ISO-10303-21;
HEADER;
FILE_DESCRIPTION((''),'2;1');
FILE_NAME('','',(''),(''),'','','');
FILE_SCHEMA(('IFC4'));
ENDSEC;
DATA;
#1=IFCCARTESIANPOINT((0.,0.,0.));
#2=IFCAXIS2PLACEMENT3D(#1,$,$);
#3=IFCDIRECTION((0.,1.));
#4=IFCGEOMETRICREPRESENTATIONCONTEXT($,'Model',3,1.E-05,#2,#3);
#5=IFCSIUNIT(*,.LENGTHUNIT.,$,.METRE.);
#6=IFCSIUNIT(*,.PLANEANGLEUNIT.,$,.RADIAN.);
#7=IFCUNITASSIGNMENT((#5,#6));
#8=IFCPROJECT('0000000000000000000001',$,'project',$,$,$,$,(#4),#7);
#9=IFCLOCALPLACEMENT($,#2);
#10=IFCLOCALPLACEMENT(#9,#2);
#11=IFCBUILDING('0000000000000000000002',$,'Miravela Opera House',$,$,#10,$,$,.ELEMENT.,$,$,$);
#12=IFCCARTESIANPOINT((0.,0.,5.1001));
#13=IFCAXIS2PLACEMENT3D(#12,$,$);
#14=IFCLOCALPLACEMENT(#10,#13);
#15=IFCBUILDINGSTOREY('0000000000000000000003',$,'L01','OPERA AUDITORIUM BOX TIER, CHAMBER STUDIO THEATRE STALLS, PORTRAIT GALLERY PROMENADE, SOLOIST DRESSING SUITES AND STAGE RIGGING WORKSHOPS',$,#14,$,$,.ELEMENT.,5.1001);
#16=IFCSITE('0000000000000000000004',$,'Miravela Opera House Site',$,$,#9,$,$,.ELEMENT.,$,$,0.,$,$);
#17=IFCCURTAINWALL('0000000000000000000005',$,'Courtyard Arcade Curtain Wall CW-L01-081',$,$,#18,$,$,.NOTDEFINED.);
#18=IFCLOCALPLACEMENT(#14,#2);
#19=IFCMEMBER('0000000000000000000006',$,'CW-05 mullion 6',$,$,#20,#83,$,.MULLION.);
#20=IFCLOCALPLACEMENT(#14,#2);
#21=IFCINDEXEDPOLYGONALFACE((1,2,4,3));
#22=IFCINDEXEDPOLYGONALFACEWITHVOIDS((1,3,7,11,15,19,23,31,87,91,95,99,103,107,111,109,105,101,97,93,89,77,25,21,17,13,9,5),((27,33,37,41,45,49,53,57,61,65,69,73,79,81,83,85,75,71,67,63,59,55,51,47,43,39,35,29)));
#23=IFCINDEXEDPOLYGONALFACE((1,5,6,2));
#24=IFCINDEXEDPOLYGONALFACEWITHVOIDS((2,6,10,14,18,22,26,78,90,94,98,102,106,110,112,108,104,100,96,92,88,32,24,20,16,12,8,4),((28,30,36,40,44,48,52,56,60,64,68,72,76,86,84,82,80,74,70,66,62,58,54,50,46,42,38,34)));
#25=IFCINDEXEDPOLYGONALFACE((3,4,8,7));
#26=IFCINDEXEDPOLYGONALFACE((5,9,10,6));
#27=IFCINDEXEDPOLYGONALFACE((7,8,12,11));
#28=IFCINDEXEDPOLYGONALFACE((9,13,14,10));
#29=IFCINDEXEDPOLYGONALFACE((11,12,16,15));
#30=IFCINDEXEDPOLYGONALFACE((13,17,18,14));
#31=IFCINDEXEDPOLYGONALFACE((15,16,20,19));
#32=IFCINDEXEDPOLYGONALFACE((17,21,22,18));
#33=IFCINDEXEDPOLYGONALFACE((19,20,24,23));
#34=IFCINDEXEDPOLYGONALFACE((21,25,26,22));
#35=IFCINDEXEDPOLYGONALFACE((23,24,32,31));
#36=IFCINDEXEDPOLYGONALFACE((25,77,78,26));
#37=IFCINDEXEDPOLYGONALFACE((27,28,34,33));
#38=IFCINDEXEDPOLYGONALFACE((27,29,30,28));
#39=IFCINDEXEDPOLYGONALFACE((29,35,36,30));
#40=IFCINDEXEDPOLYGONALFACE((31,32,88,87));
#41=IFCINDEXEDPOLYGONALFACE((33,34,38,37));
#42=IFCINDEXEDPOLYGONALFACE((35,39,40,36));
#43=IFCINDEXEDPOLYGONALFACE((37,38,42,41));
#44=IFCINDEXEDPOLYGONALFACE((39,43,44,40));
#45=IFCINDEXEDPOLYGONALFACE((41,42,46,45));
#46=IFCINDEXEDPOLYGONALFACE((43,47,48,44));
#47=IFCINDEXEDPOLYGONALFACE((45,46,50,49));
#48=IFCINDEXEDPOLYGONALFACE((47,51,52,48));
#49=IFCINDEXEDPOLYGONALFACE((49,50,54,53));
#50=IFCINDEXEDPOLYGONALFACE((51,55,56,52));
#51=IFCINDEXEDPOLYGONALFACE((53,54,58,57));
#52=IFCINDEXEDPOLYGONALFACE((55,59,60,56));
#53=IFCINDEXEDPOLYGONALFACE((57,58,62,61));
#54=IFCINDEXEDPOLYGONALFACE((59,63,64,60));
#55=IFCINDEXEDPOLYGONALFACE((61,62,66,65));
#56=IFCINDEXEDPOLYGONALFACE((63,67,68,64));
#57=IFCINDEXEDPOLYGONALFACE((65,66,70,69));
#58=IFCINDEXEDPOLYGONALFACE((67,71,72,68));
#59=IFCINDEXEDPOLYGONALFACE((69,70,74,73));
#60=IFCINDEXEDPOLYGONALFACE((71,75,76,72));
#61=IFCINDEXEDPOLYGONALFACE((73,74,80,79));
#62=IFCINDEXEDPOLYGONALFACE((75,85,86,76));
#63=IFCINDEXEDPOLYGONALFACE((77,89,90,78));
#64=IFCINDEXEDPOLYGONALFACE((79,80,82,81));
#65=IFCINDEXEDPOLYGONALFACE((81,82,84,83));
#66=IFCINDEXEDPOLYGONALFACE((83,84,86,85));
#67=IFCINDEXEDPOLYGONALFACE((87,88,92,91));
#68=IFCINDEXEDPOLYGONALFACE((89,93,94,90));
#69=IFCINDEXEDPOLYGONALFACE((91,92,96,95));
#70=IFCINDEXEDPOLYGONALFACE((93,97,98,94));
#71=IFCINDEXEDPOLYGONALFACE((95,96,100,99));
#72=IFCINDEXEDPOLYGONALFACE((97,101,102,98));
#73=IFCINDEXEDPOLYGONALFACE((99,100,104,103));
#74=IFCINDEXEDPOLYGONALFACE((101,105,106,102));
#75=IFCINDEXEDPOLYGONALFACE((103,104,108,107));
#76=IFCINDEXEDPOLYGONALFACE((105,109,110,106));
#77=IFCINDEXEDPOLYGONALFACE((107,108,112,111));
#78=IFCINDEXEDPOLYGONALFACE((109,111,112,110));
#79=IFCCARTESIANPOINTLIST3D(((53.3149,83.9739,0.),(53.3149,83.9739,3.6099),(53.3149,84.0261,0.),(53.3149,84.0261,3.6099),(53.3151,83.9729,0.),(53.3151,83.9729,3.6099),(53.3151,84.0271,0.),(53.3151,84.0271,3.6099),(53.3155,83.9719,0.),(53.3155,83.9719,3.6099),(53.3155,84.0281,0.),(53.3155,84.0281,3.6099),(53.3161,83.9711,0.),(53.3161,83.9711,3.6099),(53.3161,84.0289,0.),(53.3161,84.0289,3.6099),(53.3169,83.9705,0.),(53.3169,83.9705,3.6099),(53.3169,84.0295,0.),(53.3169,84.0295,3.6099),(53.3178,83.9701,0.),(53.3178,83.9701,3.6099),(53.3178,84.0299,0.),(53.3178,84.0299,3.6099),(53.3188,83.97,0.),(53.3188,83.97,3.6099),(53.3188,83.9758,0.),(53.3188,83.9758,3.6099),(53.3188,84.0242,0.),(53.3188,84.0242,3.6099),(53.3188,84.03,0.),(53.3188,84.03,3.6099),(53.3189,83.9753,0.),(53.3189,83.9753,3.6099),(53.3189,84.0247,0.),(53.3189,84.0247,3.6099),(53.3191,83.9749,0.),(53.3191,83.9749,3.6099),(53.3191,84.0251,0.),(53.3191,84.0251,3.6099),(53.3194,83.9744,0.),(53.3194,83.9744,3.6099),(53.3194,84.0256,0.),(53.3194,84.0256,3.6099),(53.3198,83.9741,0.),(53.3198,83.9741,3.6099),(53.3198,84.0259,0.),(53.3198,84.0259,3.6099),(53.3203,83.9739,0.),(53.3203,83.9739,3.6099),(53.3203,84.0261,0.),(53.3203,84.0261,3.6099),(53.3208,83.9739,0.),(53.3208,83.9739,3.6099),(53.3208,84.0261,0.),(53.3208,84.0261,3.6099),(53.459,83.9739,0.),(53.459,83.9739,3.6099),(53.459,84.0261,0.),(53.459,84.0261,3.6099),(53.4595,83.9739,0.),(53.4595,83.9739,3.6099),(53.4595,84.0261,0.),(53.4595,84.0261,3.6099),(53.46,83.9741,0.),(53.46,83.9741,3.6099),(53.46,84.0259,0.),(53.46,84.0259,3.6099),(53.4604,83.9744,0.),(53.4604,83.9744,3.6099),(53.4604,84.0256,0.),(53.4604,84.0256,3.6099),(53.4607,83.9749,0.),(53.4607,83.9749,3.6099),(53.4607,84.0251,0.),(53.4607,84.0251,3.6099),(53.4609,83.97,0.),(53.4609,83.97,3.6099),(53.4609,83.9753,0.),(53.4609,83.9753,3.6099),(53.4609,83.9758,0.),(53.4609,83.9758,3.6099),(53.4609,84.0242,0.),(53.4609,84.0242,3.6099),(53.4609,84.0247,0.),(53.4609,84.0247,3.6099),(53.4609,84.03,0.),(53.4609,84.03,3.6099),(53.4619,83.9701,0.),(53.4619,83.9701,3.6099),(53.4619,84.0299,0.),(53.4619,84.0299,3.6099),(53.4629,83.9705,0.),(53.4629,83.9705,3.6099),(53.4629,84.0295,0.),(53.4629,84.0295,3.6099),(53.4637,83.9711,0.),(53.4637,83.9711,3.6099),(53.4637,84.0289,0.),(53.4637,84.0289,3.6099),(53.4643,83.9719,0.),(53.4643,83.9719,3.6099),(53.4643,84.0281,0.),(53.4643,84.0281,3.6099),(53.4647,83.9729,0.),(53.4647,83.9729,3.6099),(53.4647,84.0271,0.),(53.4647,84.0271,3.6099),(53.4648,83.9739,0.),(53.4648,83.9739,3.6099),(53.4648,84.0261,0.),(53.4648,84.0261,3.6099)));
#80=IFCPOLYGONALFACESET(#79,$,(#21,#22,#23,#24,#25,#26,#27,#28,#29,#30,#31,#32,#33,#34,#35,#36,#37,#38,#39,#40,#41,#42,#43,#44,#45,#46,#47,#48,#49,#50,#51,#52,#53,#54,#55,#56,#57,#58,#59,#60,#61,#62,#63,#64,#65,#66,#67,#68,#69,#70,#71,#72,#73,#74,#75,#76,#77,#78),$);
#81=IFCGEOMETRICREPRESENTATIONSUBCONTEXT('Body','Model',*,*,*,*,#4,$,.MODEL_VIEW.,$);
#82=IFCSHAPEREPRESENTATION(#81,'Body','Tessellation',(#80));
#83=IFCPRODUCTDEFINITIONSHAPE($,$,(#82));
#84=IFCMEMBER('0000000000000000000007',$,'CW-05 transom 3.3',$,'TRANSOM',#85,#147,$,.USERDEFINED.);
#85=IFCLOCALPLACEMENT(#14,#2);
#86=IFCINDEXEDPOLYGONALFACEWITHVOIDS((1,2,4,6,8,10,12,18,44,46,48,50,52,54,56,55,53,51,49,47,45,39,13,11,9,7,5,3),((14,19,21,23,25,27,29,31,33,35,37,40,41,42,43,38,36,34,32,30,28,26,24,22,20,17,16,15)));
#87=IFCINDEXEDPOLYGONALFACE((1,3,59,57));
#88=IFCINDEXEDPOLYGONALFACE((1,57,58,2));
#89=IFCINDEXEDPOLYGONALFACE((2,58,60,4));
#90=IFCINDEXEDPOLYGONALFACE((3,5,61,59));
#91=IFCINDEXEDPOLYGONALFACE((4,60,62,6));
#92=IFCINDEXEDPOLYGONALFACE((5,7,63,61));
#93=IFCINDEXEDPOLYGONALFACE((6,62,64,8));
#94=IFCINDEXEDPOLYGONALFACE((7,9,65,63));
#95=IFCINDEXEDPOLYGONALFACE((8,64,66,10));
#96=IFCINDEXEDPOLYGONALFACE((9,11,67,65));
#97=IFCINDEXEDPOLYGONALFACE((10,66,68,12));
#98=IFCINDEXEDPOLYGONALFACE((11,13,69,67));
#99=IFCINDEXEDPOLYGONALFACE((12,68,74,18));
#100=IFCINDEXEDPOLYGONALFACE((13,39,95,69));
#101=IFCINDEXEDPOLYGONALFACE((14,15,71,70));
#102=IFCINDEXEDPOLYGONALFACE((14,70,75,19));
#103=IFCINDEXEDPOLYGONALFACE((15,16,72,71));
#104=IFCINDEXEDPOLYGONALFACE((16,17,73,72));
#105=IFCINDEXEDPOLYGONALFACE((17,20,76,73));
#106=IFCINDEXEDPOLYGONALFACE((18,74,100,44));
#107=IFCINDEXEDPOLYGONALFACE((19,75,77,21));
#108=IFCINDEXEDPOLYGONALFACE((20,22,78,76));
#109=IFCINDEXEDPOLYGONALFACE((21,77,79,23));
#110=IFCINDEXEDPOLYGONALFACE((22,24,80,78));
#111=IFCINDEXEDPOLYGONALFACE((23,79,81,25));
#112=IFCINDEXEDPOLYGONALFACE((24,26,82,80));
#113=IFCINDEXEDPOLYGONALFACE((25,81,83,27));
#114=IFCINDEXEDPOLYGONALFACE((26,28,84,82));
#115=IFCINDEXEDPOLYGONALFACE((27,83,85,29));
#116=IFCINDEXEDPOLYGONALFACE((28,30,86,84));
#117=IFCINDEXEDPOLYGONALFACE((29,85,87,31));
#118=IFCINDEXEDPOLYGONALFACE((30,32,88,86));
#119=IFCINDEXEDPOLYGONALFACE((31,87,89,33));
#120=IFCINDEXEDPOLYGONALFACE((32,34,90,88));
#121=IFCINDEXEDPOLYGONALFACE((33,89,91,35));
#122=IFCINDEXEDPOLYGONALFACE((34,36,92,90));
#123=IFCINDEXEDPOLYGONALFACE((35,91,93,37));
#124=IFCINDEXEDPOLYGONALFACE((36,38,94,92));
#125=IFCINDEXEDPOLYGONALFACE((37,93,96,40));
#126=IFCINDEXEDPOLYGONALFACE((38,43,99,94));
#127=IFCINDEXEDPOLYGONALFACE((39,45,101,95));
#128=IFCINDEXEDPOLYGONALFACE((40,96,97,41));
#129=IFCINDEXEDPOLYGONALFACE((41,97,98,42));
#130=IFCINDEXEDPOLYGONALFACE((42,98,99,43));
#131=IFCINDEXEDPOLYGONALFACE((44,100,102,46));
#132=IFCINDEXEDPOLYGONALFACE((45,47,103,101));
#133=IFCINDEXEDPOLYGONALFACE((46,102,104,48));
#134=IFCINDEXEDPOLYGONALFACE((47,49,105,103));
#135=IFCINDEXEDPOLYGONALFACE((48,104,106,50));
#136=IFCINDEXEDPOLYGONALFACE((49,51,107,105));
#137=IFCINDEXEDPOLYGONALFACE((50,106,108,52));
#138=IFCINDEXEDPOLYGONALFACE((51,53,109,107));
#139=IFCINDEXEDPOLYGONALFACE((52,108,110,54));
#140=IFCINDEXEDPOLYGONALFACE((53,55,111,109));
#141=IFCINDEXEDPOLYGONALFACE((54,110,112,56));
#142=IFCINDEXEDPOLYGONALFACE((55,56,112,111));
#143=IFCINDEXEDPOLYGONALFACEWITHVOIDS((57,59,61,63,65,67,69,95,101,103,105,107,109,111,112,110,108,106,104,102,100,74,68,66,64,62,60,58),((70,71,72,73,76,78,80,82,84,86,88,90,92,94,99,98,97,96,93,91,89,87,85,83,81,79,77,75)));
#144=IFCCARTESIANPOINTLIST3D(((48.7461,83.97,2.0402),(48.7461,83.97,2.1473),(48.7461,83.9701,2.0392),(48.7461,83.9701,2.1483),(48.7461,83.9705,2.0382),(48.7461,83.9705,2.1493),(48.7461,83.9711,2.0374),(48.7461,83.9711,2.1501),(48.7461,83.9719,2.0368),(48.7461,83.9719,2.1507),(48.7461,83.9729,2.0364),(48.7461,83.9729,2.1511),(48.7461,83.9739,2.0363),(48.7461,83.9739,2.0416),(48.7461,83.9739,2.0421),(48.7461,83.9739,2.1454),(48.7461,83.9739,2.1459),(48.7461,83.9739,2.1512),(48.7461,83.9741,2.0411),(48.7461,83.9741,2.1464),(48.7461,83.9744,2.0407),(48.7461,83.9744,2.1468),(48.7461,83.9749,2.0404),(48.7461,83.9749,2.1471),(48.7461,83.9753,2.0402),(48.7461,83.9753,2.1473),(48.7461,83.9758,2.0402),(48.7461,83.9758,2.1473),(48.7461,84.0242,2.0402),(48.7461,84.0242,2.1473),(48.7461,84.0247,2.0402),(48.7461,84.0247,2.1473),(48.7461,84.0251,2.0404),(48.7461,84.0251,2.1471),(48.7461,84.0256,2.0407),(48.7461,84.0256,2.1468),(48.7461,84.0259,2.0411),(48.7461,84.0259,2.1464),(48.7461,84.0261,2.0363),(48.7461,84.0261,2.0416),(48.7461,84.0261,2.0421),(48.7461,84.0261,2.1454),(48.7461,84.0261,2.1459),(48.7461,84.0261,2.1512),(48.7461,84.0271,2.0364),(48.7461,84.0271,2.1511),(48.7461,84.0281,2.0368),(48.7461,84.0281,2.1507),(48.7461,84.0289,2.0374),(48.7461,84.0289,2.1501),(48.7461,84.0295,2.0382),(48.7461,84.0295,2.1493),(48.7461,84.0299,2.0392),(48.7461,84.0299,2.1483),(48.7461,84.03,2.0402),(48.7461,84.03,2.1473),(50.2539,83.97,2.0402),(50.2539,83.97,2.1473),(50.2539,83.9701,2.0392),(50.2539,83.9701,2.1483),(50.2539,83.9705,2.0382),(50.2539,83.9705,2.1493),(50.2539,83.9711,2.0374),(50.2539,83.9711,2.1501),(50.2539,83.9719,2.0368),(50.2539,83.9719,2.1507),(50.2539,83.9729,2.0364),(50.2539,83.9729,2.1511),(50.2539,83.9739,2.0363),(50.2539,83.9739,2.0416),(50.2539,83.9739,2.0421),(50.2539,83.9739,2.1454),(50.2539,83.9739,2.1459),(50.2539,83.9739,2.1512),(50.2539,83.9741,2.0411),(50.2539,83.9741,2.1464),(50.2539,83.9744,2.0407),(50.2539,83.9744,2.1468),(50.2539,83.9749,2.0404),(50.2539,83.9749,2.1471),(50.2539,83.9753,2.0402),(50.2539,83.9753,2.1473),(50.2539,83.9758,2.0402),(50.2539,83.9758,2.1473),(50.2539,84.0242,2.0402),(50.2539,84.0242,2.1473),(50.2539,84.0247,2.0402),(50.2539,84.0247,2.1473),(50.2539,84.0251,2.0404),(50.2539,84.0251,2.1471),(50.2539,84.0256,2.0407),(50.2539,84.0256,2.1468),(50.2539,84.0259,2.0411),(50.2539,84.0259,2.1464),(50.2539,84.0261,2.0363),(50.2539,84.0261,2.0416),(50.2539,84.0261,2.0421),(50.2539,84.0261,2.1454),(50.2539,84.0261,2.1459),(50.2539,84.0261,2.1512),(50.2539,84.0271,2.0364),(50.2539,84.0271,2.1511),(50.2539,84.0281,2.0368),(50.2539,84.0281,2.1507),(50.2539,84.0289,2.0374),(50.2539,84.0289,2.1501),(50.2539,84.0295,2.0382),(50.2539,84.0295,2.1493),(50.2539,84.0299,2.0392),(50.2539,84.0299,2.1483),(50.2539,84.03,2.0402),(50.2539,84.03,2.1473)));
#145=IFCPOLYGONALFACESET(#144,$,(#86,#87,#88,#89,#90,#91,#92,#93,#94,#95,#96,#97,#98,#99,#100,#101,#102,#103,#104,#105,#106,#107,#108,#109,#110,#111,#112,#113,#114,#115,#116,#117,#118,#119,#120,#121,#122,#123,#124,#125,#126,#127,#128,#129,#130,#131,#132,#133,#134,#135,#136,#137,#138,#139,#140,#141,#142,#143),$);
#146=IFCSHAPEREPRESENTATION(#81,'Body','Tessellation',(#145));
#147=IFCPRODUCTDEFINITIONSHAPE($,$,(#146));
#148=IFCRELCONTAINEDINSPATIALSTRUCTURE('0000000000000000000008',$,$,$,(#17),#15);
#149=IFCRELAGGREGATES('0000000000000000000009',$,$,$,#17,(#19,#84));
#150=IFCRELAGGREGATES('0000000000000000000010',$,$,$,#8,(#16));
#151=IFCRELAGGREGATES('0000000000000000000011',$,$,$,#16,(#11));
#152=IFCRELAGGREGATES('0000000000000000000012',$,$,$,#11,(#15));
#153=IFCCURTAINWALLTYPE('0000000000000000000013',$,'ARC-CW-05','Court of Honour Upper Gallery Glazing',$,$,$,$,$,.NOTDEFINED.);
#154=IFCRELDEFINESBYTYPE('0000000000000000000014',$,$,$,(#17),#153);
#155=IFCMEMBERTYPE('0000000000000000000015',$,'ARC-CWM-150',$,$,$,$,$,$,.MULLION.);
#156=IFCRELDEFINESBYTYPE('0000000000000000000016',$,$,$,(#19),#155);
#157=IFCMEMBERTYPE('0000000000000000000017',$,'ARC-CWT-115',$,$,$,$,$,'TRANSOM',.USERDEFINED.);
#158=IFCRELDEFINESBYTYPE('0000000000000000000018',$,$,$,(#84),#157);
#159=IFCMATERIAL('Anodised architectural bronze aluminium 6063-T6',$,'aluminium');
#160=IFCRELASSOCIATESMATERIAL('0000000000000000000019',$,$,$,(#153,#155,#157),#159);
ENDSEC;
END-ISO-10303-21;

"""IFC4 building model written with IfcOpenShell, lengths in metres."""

from ifc_helpers import new_model, si_unit, direction, frame, origin, origin_2d, place, context, subcontext, project, spatial, hollow_rectangle, extrude, material, material_profile, profile_set, type_object, element, aggregate, save


model = new_model("IFC4")

# Units and contexts
model_context = context("Model", 3, precision=1e-05, world=origin(), true_north=direction((0.0, 1.0)))
body_context = subcontext(model_context, "Body", "Model", "MODEL_VIEW")
ifc_project = project(units=[si_unit("LENGTHUNIT", "METRE"), si_unit("PLANEANGLEUNIT", "RADIAN")], contexts=[model_context])

# Site, building, storey
site_placement = place(None, origin())
site = spatial("IfcSite", under=ifc_project, at=site_placement, Name="Miravela Opera House Site", CompositionType="ELEMENT", RefElevation=0.0)
building_placement = place(site_placement, origin())
building = spatial("IfcBuilding", under=site, at=building_placement, Name="Miravela Opera House", CompositionType="ELEMENT")
storey_placement = place(building_placement, frame((0.0, 0.0, 5.1001)))
storey = spatial("IfcBuildingStorey", under=building, at=storey_placement, Name="L01", Description="OPERA AUDITORIUM BOX TIER, CHAMBER STUDIO THEATRE STALLS, PORTRAIT GALLERY PROMENADE, SOLOIST DRESSING SUITES AND STAGE RIGGING WORKSHOPS", CompositionType="ELEMENT", Elevation=5.1001)

# Curtain wall, members
ifc_material_1 = material(Name="Anodised architectural bronze aluminium 6063-T6", Category="aluminium")
curtain_wall_type = type_object("IfcCurtainWallType", Name="ARC-CW-05", Description="Court of Honour Upper Gallery Glazing", PredefinedType="NOTDEFINED", material=ifc_material_1)
curtain_wall_placement = place(storey_placement, origin())
curtain_wall = element("IfcCurtainWall", 1, at=curtain_wall_placement, inside=storey, type_object=curtain_wall_type, Name="Courtyard Arcade Curtain Wall CW-L01-081", PredefinedType="NOTDEFINED")
ifc_material_profile_1 = material_profile(ifc_material_1, hollow_rectangle(XDim=0.0601, YDim=0.1499, WallThickness=0.0039, InnerFilletRadius=0.002, OuterFilletRadius=0.0039, at=origin_2d()), Name="CWM-60X150")
ifc_profile_set_1 = profile_set([ifc_material_profile_1])
member_type_1 = type_object("IfcMemberType", Name="ARC-CWM-150", PredefinedType="MULLION", material=ifc_profile_set_1)
member_1_placement = place(storey_placement, frame((53.3899, 84.0, 0.0), z_axis=(0.0, 0.0, 1.0), x_axis=(0.0, 1.0, 0.0)))
member_1 = element("IfcMember", 2, at=member_1_placement, type_object=member_type_1, Name="CW-05 mullion 6", PredefinedType="MULLION", context=body_context, shape_type="SweptSolid", body=[
    extrude(hollow_rectangle(XDim=0.0601, YDim=0.1499, WallThickness=0.0039, InnerFilletRadius=0.002, OuterFilletRadius=0.0039, at=origin_2d()), origin(), (0.0, 0.0, 1.0), 3.6099),
])
ifc_material_profile_2 = material_profile(ifc_material_1, hollow_rectangle(XDim=0.0601, YDim=0.115, WallThickness=0.0039, InnerFilletRadius=0.002, OuterFilletRadius=0.0039, at=origin_2d()), Name="CWT-60X115")
ifc_profile_set_2 = profile_set([ifc_material_profile_2])
member_type_2 = type_object("IfcMemberType", Name="ARC-CWT-115", ElementType="TRANSOM", PredefinedType="USERDEFINED", material=ifc_profile_set_2)
member_2_placement = place(storey_placement, frame((48.7461, 84.0, 2.0938), z_axis=(1.0, 0.0, 0.0), x_axis=(0.0, 1.0, 0.0)))
member_2 = element("IfcMember", 3, at=member_2_placement, type_object=member_type_2, Name="CW-05 transom 3.3", ObjectType="TRANSOM", PredefinedType="USERDEFINED", context=body_context, shape_type="SweptSolid", body=[
    extrude(hollow_rectangle(XDim=0.0601, YDim=0.115, WallThickness=0.0039, InnerFilletRadius=0.002, OuterFilletRadius=0.0039, at=origin_2d()), origin(), (0.0, 0.0, 1.0), 1.5078),
])

aggregate(curtain_wall, [member_1, member_2])

save(model, "model.ifc")
